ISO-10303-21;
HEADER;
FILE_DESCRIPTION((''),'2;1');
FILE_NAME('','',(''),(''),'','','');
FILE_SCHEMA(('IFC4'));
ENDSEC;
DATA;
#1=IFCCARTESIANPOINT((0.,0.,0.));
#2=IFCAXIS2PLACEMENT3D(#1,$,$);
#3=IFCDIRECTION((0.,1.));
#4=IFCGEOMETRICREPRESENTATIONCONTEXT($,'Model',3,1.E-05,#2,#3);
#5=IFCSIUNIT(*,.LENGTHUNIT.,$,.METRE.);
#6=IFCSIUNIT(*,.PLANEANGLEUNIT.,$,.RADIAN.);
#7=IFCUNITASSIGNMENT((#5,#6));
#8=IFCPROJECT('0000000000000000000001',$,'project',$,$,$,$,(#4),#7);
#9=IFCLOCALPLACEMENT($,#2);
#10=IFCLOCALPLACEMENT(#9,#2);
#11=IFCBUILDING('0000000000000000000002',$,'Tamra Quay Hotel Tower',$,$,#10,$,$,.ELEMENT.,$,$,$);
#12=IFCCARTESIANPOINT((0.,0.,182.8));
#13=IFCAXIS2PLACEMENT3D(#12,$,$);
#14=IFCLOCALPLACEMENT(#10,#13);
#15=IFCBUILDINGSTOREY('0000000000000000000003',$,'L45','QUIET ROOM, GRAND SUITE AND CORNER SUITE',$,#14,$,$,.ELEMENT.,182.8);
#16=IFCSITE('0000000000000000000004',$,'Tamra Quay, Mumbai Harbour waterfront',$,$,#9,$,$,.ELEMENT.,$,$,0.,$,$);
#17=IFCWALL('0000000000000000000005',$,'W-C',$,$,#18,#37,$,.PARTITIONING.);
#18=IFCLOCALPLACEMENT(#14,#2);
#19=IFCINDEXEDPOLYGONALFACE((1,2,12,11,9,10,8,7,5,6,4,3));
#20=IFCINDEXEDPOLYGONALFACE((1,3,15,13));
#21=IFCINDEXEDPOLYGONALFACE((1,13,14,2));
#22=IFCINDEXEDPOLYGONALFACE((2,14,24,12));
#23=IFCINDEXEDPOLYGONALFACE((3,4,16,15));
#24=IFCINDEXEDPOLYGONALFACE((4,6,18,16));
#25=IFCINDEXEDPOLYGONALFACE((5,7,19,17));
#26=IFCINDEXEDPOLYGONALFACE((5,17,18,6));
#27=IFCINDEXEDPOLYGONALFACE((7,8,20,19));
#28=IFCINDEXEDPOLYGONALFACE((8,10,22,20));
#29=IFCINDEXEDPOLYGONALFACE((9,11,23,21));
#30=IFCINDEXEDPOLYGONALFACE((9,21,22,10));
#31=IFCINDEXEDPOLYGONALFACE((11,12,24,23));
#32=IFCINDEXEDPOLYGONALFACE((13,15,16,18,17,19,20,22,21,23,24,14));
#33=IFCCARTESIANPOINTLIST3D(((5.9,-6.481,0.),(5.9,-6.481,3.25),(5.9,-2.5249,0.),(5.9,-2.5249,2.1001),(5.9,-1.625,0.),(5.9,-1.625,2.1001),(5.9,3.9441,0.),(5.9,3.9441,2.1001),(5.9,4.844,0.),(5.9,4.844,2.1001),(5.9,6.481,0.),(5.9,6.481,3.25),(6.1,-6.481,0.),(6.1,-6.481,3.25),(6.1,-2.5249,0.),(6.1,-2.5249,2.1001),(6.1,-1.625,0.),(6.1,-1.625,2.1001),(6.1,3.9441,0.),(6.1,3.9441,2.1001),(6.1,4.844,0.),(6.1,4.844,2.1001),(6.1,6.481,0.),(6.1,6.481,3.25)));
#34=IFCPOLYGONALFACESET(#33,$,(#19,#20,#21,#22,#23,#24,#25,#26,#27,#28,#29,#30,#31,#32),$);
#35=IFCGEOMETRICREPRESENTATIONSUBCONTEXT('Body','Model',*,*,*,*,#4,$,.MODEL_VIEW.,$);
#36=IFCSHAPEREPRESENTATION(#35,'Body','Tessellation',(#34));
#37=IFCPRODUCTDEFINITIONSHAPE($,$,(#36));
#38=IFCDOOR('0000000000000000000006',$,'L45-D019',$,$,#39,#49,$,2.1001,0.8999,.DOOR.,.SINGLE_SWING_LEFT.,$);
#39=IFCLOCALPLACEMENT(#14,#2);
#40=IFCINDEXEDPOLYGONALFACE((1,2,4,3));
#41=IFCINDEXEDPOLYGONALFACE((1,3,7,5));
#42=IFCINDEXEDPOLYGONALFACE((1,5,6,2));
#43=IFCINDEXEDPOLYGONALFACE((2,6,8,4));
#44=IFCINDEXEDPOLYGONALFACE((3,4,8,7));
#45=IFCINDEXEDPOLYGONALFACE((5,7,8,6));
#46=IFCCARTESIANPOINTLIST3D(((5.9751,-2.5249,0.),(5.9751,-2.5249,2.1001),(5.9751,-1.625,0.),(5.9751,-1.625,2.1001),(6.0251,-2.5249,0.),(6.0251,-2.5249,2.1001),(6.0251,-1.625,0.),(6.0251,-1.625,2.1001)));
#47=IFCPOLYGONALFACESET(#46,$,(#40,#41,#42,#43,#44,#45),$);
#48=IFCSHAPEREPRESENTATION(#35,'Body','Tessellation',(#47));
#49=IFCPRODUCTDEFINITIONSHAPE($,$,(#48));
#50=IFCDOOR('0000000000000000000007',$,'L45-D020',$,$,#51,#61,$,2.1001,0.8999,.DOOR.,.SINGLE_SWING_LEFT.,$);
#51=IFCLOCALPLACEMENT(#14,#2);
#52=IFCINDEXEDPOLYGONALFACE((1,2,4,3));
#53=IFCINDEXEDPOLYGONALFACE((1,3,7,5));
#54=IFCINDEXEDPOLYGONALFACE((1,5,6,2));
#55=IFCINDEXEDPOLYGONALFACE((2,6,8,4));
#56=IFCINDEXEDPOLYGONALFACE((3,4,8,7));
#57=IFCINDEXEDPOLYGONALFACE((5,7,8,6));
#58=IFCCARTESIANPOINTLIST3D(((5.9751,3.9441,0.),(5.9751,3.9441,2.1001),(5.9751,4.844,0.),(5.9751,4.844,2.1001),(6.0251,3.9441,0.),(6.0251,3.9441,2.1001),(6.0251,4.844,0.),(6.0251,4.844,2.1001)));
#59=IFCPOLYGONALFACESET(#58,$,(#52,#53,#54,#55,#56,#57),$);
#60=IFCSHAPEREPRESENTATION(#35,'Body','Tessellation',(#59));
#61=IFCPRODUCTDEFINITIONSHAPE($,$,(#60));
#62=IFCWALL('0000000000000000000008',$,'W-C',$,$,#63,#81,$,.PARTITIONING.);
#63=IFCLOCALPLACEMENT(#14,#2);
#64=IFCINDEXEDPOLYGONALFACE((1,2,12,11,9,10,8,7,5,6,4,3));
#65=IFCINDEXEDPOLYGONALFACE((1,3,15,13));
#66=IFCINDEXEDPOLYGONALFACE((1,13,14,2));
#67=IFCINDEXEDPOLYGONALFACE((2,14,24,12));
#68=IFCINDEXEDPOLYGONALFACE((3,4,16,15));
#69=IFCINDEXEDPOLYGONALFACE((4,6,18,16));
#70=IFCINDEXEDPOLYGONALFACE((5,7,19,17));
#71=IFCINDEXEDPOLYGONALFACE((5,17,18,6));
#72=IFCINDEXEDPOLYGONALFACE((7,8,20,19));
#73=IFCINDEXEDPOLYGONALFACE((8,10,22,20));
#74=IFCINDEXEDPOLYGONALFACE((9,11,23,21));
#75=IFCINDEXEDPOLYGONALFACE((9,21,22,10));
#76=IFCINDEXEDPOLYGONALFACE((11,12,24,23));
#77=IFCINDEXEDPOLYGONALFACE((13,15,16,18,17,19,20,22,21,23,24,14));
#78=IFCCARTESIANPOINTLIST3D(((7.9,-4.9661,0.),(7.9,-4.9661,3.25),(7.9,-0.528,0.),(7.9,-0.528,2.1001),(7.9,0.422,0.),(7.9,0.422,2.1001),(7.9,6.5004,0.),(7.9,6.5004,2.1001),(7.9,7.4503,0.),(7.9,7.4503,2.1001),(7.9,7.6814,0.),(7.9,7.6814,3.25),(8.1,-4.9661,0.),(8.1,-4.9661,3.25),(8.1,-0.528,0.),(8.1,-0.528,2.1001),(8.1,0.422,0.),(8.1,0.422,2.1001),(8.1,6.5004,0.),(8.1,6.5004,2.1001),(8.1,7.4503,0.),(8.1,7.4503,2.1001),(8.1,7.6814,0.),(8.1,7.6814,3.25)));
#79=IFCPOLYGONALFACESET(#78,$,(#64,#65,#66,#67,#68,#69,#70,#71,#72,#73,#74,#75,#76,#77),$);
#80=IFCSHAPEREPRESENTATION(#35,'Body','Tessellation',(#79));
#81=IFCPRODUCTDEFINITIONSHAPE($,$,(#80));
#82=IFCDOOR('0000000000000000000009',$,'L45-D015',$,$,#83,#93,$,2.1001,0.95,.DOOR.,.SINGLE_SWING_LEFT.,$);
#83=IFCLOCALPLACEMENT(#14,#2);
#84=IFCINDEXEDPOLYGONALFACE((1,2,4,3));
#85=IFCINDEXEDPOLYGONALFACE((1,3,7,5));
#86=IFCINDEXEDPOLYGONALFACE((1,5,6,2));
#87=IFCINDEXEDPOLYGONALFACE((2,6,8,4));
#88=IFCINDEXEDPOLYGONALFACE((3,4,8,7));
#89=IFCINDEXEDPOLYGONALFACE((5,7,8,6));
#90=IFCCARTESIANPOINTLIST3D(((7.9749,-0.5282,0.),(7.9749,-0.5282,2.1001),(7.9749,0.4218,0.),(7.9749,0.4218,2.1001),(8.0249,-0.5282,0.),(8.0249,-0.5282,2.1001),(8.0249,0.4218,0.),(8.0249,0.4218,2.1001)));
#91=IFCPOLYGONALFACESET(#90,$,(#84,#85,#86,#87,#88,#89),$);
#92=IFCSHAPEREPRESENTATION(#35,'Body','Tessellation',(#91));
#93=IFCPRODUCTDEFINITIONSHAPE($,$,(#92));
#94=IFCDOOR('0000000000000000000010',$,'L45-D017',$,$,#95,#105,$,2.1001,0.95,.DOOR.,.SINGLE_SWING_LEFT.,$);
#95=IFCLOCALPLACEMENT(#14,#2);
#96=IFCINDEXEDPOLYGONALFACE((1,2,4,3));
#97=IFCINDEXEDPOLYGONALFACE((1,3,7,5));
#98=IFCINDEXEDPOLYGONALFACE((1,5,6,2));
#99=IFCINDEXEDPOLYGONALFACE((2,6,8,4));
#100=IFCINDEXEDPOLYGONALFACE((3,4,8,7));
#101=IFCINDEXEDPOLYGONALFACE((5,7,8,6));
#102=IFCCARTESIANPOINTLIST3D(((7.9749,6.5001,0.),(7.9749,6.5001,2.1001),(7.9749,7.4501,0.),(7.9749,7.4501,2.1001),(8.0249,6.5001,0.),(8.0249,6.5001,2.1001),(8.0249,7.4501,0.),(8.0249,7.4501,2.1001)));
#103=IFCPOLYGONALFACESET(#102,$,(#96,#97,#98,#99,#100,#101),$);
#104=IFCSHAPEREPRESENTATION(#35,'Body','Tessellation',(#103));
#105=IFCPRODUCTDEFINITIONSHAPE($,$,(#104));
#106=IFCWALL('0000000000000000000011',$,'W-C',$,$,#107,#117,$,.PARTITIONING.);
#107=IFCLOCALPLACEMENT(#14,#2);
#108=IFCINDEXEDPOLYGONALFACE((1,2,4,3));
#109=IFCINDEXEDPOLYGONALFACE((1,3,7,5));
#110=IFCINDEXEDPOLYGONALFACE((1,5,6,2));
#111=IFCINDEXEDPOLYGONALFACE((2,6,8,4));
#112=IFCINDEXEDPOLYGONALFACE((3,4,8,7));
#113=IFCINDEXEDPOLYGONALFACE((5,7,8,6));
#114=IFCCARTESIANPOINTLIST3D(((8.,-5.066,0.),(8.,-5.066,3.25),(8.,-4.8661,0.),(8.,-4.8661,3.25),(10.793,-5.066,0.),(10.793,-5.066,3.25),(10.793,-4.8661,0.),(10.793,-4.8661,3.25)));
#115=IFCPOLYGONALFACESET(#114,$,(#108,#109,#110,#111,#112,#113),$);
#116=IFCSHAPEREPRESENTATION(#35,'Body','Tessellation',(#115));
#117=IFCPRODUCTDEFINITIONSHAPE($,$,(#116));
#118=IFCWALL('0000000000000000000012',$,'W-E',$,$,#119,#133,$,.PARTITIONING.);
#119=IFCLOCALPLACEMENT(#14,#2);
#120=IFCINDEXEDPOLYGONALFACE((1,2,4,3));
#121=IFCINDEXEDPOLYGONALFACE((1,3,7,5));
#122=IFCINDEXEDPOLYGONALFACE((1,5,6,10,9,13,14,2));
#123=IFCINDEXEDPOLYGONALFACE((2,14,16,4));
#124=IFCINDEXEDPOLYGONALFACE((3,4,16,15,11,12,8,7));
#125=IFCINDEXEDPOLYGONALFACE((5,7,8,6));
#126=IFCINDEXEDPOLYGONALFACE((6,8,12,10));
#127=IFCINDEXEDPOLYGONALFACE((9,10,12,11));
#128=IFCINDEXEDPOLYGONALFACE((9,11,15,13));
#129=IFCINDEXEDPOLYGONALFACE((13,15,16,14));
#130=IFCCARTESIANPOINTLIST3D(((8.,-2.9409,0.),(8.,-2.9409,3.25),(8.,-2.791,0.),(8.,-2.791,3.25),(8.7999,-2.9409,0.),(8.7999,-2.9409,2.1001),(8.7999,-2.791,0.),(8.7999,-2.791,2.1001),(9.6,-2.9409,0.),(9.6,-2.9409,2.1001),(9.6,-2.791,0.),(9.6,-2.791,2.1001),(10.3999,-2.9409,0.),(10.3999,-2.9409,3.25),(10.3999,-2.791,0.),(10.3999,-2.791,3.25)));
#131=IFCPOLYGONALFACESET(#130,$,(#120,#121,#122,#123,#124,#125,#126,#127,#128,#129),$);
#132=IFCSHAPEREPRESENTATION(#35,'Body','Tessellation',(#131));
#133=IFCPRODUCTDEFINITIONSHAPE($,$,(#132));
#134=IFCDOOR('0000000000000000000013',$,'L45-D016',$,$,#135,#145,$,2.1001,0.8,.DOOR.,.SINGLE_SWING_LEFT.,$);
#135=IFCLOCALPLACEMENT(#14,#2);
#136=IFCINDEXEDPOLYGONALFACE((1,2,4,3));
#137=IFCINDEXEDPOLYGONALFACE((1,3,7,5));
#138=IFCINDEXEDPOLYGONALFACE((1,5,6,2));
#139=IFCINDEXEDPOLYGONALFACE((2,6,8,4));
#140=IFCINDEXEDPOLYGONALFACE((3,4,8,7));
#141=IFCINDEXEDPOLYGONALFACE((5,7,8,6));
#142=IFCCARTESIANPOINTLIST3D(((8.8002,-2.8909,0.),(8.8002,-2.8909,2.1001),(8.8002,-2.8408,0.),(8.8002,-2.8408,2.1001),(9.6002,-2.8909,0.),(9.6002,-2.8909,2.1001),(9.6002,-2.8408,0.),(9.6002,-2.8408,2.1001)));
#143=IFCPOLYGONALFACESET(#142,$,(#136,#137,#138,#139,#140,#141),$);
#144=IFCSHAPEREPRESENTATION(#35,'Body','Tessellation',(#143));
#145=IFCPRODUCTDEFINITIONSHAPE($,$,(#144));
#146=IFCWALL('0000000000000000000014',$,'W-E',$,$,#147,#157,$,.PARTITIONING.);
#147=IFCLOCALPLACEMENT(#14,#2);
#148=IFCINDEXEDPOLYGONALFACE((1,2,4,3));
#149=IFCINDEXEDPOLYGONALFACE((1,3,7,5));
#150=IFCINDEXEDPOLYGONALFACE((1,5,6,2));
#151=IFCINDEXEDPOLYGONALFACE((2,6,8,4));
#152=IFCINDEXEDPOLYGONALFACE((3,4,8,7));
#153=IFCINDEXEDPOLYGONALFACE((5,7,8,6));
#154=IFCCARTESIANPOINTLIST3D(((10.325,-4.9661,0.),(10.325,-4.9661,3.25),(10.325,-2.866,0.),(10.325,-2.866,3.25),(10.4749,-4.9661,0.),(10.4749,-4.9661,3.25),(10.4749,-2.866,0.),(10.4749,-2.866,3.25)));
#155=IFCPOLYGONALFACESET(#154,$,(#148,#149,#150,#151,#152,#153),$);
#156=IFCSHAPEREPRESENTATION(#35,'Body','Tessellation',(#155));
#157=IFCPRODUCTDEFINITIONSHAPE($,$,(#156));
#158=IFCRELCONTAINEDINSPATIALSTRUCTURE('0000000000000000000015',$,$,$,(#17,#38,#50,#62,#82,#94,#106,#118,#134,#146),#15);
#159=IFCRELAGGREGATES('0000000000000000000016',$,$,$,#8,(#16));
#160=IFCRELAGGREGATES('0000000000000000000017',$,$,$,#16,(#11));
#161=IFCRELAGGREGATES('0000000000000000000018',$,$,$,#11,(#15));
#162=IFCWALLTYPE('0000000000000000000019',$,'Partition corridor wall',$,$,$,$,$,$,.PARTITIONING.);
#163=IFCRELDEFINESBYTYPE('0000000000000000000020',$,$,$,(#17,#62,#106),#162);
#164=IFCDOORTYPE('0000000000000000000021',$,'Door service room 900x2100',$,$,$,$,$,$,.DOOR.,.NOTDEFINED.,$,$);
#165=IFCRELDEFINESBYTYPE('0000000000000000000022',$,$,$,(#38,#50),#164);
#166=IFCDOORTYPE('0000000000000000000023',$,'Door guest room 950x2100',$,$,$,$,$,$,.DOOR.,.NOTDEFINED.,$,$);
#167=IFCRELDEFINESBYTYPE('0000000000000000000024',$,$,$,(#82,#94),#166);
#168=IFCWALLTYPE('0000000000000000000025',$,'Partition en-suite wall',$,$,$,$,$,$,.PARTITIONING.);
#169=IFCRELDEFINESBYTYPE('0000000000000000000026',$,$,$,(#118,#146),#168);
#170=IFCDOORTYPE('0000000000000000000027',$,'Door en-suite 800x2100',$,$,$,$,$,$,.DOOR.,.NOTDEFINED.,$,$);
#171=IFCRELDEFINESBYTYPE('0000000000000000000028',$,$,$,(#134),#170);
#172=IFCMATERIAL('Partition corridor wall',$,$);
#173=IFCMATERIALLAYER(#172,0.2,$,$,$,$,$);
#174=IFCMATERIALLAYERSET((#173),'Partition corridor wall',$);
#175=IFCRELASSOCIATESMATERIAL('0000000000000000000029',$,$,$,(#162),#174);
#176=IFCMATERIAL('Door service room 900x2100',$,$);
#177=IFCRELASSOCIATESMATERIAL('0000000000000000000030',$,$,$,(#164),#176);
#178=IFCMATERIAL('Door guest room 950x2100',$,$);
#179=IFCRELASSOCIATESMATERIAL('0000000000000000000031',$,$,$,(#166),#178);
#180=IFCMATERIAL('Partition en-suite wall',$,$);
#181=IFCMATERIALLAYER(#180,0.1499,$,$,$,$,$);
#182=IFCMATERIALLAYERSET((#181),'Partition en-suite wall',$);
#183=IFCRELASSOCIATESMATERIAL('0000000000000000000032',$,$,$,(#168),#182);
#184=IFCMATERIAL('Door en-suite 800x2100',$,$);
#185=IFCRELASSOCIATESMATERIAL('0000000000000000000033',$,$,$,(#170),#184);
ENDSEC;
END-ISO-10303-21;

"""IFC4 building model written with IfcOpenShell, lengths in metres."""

from ifc_helpers import new_model, si_unit, direction, frame, frame_2d, origin, place, context, subcontext, project, spatial, rectangle, extrude, material, layer, layer_set, type_object, element, fill, save


model = new_model("IFC4")

# Units and contexts
model_context = context("Model", 3, precision=1e-05, world=origin(), true_north=direction((0.0, 1.0)))
body_context = subcontext(model_context, "Body", "Model", "MODEL_VIEW")
ifc_project = project(units=[si_unit("LENGTHUNIT", "METRE"), si_unit("PLANEANGLEUNIT", "RADIAN")], contexts=[model_context])

# Site, building, storey
site_placement = place(None, origin())
site = spatial("IfcSite", under=ifc_project, at=site_placement, Name="Tamra Quay, Mumbai Harbour waterfront", CompositionType="ELEMENT", RefElevation=0.0)
building_placement = place(site_placement, origin())
building = spatial("IfcBuilding", under=site, at=building_placement, Name="Tamra Quay Hotel Tower", CompositionType="ELEMENT")
storey_placement = place(building_placement, frame((0.0, 0.0, 182.8)))
storey = spatial("IfcBuildingStorey", under=building, at=storey_placement, Name="L45", Description="QUIET ROOM, GRAND SUITE AND CORNER SUITE", CompositionType="ELEMENT", Elevation=182.8)

# Shared definitions
ifc_material_1 = material(Name="Partition corridor wall")
ifc_layer_1 = layer(ifc_material_1, 0.2)
ifc_layer_set_1 = layer_set([ifc_layer_1], Name="Partition corridor wall")
wall_type_1 = type_object("IfcWallType", Name="Partition corridor wall", PredefinedType="PARTITIONING", material=ifc_layer_set_1)

# Walls, openings, doors
wall_1_placement = place(storey_placement, frame((6.0, -6.481, 0.0), z_axis=(0.0, 0.0, 1.0), x_axis=(0.0, 1.0, 0.0)))
wall_1 = element("IfcWall", 1, at=wall_1_placement, inside=storey, type_object=wall_type_1, Name="W-C", PredefinedType="PARTITIONING", context=body_context, shape_type="SweptSolid", body=[
    extrude(rectangle(XDim=12.9619, YDim=0.2, at=frame_2d((6.481, 0.0))), origin(), (0.0, 0.0, 1.0), 3.25),
])
opening_1_placement = place(wall_1_placement, frame((3.9561, 0.0, 0.0)))
opening_1 = element("IfcOpeningElement", 2, at=opening_1_placement, cuts=wall_1, PredefinedType="OPENING", context=body_context, shape_type="SweptSolid", body=[
    extrude(rectangle(XDim=0.8999, YDim=2.1001, at=frame_2d((0.45, 1.05))), frame((0.0, 0.1099, 0.0), z_axis=(0.0, -1.0, 0.0), x_axis=(1.0, 0.0, 0.0)), (0.0, 0.0, 1.0), 0.22),
])
opening_2_placement = place(wall_1_placement, frame((10.425, 0.0, 0.0)))
opening_2 = element("IfcOpeningElement", 3, at=opening_2_placement, cuts=wall_1, PredefinedType="OPENING", context=body_context, shape_type="SweptSolid", body=[
    extrude(rectangle(XDim=0.8999, YDim=2.1001, at=frame_2d((0.45, 1.05))), frame((0.0, 0.1099, 0.0), z_axis=(0.0, -1.0, 0.0), x_axis=(1.0, 0.0, 0.0)), (0.0, 0.0, 1.0), 0.22),
])
ifc_material_2 = material(Name="Door service room 900x2100")
door_type_1 = type_object("IfcDoorType", Name="Door service room 900x2100", OperationType="NOTDEFINED", PredefinedType="DOOR", material=ifc_material_2)
door_1_placement = place(opening_1_placement, origin())
door_1 = element("IfcDoor", 4, at=door_1_placement, inside=storey, type_object=door_type_1, Name="L45-D019", OperationType="SINGLE_SWING_LEFT", OverallHeight=2.1001, OverallWidth=0.8999, PredefinedType="DOOR", context=body_context, shape_type="SweptSolid", body=[
    extrude(rectangle(XDim=0.8999, YDim=2.1001, at=frame_2d((0.45, 1.05))), frame((0.0, 0.0249, 0.0), z_axis=(0.0, -1.0, 0.0), x_axis=(1.0, 0.0, 0.0)), (0.0, 0.0, 1.0), 0.05),
])
fill(opening_1, door_1)
door_2_placement = place(opening_2_placement, origin())
door_2 = element("IfcDoor", 5, at=door_2_placement, inside=storey, type_object=door_type_1, Name="L45-D020", OperationType="SINGLE_SWING_LEFT", OverallHeight=2.1001, OverallWidth=0.8999, PredefinedType="DOOR", context=body_context, shape_type="SweptSolid", body=[
    extrude(rectangle(XDim=0.8999, YDim=2.1001, at=frame_2d((0.45, 1.05))), frame((0.0, 0.0249, 0.0), z_axis=(0.0, -1.0, 0.0), x_axis=(1.0, 0.0, 0.0)), (0.0, 0.0, 1.0), 0.05),
])
fill(opening_2, door_2)
wall_2_placement = place(storey_placement, frame((8.0, -4.9661, 0.0), z_axis=(0.0, 0.0, 1.0), x_axis=(0.0, 1.0, 0.0)))
wall_2 = element("IfcWall", 6, at=wall_2_placement, inside=storey, type_object=wall_type_1, Name="W-C", PredefinedType="PARTITIONING", context=body_context, shape_type="SweptSolid", body=[
    extrude(rectangle(XDim=12.6475, YDim=0.2, at=frame_2d((6.3237, 0.0))), origin(), (0.0, 0.0, 1.0), 3.25),
])
opening_3_placement = place(wall_2_placement, frame((4.438, 0.0, 0.0)))
opening_3 = element("IfcOpeningElement", 7, at=opening_3_placement, cuts=wall_2, PredefinedType="OPENING", context=body_context, shape_type="SweptSolid", body=[
    extrude(rectangle(XDim=0.95, YDim=2.1001, at=frame_2d((0.4751, 1.05))), frame((0.0, 0.1099, 0.0), z_axis=(0.0, -1.0, 0.0), x_axis=(1.0, 0.0, 0.0)), (0.0, 0.0, 1.0), 0.22),
])
opening_4_placement = place(wall_2_placement, frame((11.4663, 0.0, 0.0)))
opening_4 = element("IfcOpeningElement", 8, at=opening_4_placement, cuts=wall_2, PredefinedType="OPENING", context=body_context, shape_type="SweptSolid", body=[
    extrude(rectangle(XDim=0.95, YDim=2.1001, at=frame_2d((0.4751, 1.05))), frame((0.0, 0.1099, 0.0), z_axis=(0.0, -1.0, 0.0), x_axis=(1.0, 0.0, 0.0)), (0.0, 0.0, 1.0), 0.22),
])
ifc_material_3 = material(Name="Door guest room 950x2100")
door_type_2 = type_object("IfcDoorType", Name="Door guest room 950x2100", OperationType="NOTDEFINED", PredefinedType="DOOR", material=ifc_material_3)
door_3_placement = place(opening_3_placement, frame((0.95, 0.0, 0.0), z_axis=(0.0, 0.0, 1.0), x_axis=(-1.0, 0.0, 0.0)))
door_3 = element("IfcDoor", 9, at=door_3_placement, inside=storey, type_object=door_type_2, Name="L45-D015", OperationType="SINGLE_SWING_LEFT", OverallHeight=2.1001, OverallWidth=0.95, PredefinedType="DOOR", context=body_context, shape_type="SweptSolid", body=[
    extrude(rectangle(XDim=0.95, YDim=2.1001, at=frame_2d((0.4751, 1.05))), frame((0.0, 0.0249, 0.0), z_axis=(0.0, -1.0, 0.0), x_axis=(1.0, 0.0, 0.0)), (0.0, 0.0, 1.0), 0.05),
])
fill(opening_3, door_3)
door_4_placement = place(opening_4_placement, frame((0.95, 0.0, 0.0), z_axis=(0.0, 0.0, 1.0), x_axis=(-1.0, 0.0, 0.0)))
door_4 = element("IfcDoor", 10, at=door_4_placement, inside=storey, type_object=door_type_2, Name="L45-D017", OperationType="SINGLE_SWING_LEFT", OverallHeight=2.1001, OverallWidth=0.95, PredefinedType="DOOR", context=body_context, shape_type="SweptSolid", body=[
    extrude(rectangle(XDim=0.95, YDim=2.1001, at=frame_2d((0.4751, 1.05))), frame((0.0, 0.0249, 0.0), z_axis=(0.0, -1.0, 0.0), x_axis=(1.0, 0.0, 0.0)), (0.0, 0.0, 1.0), 0.05),
])
fill(opening_4, door_4)

# Wall
wall_3_placement = place(storey_placement, frame((8.0, -4.9661, 0.0), z_axis=(0.0, 0.0, 1.0), x_axis=(1.0, 0.0, 0.0)))
element("IfcWall", 11, at=wall_3_placement, inside=storey, type_object=wall_type_1, Name="W-C", PredefinedType="PARTITIONING", context=body_context, shape_type="SweptSolid", body=[
    extrude(rectangle(XDim=2.793, YDim=0.2, at=frame_2d((1.3965, 0.0))), origin(), (0.0, 0.0, 1.0), 3.25),
])

# Wall, opening, door
ifc_material_4 = material(Name="Partition en-suite wall")
ifc_layer_2 = layer(ifc_material_4, 0.1499)
ifc_layer_set_2 = layer_set([ifc_layer_2], Name="Partition en-suite wall")
wall_type_2 = type_object("IfcWallType", Name="Partition en-suite wall", PredefinedType="PARTITIONING", material=ifc_layer_set_2)
wall_4_placement = place(storey_placement, frame((8.0, -2.866, 0.0), z_axis=(0.0, 0.0, 1.0), x_axis=(1.0, 0.0, 0.0)))
wall_4 = element("IfcWall", 12, at=wall_4_placement, inside=storey, type_object=wall_type_2, Name="W-E", PredefinedType="PARTITIONING", context=body_context, shape_type="SweptSolid", body=[
    extrude(rectangle(XDim=2.3999, YDim=0.1499, at=frame_2d((1.2, 0.0))), origin(), (0.0, 0.0, 1.0), 3.25),
])
opening_5_placement = place(wall_4_placement, frame((0.8, 0.0, 0.0)))
opening_5 = element("IfcOpeningElement", 13, at=opening_5_placement, cuts=wall_4, PredefinedType="OPENING", context=body_context, shape_type="SweptSolid", body=[
    extrude(rectangle(XDim=0.8, YDim=2.1001, at=frame_2d((0.3999, 1.05))), frame((0.0, 0.085, 0.0), z_axis=(0.0, -1.0, 0.0), x_axis=(1.0, 0.0, 0.0)), (0.0, 0.0, 1.0), 0.1699),
])
ifc_material_5 = material(Name="Door en-suite 800x2100")
door_type_3 = type_object("IfcDoorType", Name="Door en-suite 800x2100", OperationType="NOTDEFINED", PredefinedType="DOOR", material=ifc_material_5)
door_5_placement = place(opening_5_placement, frame((0.8, 0.0, 0.0), z_axis=(0.0, 0.0, 1.0), x_axis=(-1.0, 0.0, 0.0)))
door_5 = element("IfcDoor", 14, at=door_5_placement, inside=storey, type_object=door_type_3, Name="L45-D016", OperationType="SINGLE_SWING_LEFT", OverallHeight=2.1001, OverallWidth=0.8, PredefinedType="DOOR", context=body_context, shape_type="SweptSolid", body=[
    extrude(rectangle(XDim=0.8, YDim=2.1001, at=frame_2d((0.3999, 1.05))), frame((0.0, 0.0249, 0.0), z_axis=(0.0, -1.0, 0.0), x_axis=(1.0, 0.0, 0.0)), (0.0, 0.0, 1.0), 0.05),
])
fill(opening_5, door_5)

# Wall
wall_5_placement = place(storey_placement, frame((10.3999, -4.9661, 0.0), z_axis=(0.0, 0.0, 1.0), x_axis=(0.0, 1.0, 0.0)))
element("IfcWall", 15, at=wall_5_placement, inside=storey, type_object=wall_type_2, Name="W-E", PredefinedType="PARTITIONING", context=body_context, shape_type="SweptSolid", body=[
    extrude(rectangle(XDim=2.1001, YDim=0.1499, at=frame_2d((1.05, 0.0))), origin(), (0.0, 0.0, 1.0), 3.25),
])

save(model, "model.ifc")
